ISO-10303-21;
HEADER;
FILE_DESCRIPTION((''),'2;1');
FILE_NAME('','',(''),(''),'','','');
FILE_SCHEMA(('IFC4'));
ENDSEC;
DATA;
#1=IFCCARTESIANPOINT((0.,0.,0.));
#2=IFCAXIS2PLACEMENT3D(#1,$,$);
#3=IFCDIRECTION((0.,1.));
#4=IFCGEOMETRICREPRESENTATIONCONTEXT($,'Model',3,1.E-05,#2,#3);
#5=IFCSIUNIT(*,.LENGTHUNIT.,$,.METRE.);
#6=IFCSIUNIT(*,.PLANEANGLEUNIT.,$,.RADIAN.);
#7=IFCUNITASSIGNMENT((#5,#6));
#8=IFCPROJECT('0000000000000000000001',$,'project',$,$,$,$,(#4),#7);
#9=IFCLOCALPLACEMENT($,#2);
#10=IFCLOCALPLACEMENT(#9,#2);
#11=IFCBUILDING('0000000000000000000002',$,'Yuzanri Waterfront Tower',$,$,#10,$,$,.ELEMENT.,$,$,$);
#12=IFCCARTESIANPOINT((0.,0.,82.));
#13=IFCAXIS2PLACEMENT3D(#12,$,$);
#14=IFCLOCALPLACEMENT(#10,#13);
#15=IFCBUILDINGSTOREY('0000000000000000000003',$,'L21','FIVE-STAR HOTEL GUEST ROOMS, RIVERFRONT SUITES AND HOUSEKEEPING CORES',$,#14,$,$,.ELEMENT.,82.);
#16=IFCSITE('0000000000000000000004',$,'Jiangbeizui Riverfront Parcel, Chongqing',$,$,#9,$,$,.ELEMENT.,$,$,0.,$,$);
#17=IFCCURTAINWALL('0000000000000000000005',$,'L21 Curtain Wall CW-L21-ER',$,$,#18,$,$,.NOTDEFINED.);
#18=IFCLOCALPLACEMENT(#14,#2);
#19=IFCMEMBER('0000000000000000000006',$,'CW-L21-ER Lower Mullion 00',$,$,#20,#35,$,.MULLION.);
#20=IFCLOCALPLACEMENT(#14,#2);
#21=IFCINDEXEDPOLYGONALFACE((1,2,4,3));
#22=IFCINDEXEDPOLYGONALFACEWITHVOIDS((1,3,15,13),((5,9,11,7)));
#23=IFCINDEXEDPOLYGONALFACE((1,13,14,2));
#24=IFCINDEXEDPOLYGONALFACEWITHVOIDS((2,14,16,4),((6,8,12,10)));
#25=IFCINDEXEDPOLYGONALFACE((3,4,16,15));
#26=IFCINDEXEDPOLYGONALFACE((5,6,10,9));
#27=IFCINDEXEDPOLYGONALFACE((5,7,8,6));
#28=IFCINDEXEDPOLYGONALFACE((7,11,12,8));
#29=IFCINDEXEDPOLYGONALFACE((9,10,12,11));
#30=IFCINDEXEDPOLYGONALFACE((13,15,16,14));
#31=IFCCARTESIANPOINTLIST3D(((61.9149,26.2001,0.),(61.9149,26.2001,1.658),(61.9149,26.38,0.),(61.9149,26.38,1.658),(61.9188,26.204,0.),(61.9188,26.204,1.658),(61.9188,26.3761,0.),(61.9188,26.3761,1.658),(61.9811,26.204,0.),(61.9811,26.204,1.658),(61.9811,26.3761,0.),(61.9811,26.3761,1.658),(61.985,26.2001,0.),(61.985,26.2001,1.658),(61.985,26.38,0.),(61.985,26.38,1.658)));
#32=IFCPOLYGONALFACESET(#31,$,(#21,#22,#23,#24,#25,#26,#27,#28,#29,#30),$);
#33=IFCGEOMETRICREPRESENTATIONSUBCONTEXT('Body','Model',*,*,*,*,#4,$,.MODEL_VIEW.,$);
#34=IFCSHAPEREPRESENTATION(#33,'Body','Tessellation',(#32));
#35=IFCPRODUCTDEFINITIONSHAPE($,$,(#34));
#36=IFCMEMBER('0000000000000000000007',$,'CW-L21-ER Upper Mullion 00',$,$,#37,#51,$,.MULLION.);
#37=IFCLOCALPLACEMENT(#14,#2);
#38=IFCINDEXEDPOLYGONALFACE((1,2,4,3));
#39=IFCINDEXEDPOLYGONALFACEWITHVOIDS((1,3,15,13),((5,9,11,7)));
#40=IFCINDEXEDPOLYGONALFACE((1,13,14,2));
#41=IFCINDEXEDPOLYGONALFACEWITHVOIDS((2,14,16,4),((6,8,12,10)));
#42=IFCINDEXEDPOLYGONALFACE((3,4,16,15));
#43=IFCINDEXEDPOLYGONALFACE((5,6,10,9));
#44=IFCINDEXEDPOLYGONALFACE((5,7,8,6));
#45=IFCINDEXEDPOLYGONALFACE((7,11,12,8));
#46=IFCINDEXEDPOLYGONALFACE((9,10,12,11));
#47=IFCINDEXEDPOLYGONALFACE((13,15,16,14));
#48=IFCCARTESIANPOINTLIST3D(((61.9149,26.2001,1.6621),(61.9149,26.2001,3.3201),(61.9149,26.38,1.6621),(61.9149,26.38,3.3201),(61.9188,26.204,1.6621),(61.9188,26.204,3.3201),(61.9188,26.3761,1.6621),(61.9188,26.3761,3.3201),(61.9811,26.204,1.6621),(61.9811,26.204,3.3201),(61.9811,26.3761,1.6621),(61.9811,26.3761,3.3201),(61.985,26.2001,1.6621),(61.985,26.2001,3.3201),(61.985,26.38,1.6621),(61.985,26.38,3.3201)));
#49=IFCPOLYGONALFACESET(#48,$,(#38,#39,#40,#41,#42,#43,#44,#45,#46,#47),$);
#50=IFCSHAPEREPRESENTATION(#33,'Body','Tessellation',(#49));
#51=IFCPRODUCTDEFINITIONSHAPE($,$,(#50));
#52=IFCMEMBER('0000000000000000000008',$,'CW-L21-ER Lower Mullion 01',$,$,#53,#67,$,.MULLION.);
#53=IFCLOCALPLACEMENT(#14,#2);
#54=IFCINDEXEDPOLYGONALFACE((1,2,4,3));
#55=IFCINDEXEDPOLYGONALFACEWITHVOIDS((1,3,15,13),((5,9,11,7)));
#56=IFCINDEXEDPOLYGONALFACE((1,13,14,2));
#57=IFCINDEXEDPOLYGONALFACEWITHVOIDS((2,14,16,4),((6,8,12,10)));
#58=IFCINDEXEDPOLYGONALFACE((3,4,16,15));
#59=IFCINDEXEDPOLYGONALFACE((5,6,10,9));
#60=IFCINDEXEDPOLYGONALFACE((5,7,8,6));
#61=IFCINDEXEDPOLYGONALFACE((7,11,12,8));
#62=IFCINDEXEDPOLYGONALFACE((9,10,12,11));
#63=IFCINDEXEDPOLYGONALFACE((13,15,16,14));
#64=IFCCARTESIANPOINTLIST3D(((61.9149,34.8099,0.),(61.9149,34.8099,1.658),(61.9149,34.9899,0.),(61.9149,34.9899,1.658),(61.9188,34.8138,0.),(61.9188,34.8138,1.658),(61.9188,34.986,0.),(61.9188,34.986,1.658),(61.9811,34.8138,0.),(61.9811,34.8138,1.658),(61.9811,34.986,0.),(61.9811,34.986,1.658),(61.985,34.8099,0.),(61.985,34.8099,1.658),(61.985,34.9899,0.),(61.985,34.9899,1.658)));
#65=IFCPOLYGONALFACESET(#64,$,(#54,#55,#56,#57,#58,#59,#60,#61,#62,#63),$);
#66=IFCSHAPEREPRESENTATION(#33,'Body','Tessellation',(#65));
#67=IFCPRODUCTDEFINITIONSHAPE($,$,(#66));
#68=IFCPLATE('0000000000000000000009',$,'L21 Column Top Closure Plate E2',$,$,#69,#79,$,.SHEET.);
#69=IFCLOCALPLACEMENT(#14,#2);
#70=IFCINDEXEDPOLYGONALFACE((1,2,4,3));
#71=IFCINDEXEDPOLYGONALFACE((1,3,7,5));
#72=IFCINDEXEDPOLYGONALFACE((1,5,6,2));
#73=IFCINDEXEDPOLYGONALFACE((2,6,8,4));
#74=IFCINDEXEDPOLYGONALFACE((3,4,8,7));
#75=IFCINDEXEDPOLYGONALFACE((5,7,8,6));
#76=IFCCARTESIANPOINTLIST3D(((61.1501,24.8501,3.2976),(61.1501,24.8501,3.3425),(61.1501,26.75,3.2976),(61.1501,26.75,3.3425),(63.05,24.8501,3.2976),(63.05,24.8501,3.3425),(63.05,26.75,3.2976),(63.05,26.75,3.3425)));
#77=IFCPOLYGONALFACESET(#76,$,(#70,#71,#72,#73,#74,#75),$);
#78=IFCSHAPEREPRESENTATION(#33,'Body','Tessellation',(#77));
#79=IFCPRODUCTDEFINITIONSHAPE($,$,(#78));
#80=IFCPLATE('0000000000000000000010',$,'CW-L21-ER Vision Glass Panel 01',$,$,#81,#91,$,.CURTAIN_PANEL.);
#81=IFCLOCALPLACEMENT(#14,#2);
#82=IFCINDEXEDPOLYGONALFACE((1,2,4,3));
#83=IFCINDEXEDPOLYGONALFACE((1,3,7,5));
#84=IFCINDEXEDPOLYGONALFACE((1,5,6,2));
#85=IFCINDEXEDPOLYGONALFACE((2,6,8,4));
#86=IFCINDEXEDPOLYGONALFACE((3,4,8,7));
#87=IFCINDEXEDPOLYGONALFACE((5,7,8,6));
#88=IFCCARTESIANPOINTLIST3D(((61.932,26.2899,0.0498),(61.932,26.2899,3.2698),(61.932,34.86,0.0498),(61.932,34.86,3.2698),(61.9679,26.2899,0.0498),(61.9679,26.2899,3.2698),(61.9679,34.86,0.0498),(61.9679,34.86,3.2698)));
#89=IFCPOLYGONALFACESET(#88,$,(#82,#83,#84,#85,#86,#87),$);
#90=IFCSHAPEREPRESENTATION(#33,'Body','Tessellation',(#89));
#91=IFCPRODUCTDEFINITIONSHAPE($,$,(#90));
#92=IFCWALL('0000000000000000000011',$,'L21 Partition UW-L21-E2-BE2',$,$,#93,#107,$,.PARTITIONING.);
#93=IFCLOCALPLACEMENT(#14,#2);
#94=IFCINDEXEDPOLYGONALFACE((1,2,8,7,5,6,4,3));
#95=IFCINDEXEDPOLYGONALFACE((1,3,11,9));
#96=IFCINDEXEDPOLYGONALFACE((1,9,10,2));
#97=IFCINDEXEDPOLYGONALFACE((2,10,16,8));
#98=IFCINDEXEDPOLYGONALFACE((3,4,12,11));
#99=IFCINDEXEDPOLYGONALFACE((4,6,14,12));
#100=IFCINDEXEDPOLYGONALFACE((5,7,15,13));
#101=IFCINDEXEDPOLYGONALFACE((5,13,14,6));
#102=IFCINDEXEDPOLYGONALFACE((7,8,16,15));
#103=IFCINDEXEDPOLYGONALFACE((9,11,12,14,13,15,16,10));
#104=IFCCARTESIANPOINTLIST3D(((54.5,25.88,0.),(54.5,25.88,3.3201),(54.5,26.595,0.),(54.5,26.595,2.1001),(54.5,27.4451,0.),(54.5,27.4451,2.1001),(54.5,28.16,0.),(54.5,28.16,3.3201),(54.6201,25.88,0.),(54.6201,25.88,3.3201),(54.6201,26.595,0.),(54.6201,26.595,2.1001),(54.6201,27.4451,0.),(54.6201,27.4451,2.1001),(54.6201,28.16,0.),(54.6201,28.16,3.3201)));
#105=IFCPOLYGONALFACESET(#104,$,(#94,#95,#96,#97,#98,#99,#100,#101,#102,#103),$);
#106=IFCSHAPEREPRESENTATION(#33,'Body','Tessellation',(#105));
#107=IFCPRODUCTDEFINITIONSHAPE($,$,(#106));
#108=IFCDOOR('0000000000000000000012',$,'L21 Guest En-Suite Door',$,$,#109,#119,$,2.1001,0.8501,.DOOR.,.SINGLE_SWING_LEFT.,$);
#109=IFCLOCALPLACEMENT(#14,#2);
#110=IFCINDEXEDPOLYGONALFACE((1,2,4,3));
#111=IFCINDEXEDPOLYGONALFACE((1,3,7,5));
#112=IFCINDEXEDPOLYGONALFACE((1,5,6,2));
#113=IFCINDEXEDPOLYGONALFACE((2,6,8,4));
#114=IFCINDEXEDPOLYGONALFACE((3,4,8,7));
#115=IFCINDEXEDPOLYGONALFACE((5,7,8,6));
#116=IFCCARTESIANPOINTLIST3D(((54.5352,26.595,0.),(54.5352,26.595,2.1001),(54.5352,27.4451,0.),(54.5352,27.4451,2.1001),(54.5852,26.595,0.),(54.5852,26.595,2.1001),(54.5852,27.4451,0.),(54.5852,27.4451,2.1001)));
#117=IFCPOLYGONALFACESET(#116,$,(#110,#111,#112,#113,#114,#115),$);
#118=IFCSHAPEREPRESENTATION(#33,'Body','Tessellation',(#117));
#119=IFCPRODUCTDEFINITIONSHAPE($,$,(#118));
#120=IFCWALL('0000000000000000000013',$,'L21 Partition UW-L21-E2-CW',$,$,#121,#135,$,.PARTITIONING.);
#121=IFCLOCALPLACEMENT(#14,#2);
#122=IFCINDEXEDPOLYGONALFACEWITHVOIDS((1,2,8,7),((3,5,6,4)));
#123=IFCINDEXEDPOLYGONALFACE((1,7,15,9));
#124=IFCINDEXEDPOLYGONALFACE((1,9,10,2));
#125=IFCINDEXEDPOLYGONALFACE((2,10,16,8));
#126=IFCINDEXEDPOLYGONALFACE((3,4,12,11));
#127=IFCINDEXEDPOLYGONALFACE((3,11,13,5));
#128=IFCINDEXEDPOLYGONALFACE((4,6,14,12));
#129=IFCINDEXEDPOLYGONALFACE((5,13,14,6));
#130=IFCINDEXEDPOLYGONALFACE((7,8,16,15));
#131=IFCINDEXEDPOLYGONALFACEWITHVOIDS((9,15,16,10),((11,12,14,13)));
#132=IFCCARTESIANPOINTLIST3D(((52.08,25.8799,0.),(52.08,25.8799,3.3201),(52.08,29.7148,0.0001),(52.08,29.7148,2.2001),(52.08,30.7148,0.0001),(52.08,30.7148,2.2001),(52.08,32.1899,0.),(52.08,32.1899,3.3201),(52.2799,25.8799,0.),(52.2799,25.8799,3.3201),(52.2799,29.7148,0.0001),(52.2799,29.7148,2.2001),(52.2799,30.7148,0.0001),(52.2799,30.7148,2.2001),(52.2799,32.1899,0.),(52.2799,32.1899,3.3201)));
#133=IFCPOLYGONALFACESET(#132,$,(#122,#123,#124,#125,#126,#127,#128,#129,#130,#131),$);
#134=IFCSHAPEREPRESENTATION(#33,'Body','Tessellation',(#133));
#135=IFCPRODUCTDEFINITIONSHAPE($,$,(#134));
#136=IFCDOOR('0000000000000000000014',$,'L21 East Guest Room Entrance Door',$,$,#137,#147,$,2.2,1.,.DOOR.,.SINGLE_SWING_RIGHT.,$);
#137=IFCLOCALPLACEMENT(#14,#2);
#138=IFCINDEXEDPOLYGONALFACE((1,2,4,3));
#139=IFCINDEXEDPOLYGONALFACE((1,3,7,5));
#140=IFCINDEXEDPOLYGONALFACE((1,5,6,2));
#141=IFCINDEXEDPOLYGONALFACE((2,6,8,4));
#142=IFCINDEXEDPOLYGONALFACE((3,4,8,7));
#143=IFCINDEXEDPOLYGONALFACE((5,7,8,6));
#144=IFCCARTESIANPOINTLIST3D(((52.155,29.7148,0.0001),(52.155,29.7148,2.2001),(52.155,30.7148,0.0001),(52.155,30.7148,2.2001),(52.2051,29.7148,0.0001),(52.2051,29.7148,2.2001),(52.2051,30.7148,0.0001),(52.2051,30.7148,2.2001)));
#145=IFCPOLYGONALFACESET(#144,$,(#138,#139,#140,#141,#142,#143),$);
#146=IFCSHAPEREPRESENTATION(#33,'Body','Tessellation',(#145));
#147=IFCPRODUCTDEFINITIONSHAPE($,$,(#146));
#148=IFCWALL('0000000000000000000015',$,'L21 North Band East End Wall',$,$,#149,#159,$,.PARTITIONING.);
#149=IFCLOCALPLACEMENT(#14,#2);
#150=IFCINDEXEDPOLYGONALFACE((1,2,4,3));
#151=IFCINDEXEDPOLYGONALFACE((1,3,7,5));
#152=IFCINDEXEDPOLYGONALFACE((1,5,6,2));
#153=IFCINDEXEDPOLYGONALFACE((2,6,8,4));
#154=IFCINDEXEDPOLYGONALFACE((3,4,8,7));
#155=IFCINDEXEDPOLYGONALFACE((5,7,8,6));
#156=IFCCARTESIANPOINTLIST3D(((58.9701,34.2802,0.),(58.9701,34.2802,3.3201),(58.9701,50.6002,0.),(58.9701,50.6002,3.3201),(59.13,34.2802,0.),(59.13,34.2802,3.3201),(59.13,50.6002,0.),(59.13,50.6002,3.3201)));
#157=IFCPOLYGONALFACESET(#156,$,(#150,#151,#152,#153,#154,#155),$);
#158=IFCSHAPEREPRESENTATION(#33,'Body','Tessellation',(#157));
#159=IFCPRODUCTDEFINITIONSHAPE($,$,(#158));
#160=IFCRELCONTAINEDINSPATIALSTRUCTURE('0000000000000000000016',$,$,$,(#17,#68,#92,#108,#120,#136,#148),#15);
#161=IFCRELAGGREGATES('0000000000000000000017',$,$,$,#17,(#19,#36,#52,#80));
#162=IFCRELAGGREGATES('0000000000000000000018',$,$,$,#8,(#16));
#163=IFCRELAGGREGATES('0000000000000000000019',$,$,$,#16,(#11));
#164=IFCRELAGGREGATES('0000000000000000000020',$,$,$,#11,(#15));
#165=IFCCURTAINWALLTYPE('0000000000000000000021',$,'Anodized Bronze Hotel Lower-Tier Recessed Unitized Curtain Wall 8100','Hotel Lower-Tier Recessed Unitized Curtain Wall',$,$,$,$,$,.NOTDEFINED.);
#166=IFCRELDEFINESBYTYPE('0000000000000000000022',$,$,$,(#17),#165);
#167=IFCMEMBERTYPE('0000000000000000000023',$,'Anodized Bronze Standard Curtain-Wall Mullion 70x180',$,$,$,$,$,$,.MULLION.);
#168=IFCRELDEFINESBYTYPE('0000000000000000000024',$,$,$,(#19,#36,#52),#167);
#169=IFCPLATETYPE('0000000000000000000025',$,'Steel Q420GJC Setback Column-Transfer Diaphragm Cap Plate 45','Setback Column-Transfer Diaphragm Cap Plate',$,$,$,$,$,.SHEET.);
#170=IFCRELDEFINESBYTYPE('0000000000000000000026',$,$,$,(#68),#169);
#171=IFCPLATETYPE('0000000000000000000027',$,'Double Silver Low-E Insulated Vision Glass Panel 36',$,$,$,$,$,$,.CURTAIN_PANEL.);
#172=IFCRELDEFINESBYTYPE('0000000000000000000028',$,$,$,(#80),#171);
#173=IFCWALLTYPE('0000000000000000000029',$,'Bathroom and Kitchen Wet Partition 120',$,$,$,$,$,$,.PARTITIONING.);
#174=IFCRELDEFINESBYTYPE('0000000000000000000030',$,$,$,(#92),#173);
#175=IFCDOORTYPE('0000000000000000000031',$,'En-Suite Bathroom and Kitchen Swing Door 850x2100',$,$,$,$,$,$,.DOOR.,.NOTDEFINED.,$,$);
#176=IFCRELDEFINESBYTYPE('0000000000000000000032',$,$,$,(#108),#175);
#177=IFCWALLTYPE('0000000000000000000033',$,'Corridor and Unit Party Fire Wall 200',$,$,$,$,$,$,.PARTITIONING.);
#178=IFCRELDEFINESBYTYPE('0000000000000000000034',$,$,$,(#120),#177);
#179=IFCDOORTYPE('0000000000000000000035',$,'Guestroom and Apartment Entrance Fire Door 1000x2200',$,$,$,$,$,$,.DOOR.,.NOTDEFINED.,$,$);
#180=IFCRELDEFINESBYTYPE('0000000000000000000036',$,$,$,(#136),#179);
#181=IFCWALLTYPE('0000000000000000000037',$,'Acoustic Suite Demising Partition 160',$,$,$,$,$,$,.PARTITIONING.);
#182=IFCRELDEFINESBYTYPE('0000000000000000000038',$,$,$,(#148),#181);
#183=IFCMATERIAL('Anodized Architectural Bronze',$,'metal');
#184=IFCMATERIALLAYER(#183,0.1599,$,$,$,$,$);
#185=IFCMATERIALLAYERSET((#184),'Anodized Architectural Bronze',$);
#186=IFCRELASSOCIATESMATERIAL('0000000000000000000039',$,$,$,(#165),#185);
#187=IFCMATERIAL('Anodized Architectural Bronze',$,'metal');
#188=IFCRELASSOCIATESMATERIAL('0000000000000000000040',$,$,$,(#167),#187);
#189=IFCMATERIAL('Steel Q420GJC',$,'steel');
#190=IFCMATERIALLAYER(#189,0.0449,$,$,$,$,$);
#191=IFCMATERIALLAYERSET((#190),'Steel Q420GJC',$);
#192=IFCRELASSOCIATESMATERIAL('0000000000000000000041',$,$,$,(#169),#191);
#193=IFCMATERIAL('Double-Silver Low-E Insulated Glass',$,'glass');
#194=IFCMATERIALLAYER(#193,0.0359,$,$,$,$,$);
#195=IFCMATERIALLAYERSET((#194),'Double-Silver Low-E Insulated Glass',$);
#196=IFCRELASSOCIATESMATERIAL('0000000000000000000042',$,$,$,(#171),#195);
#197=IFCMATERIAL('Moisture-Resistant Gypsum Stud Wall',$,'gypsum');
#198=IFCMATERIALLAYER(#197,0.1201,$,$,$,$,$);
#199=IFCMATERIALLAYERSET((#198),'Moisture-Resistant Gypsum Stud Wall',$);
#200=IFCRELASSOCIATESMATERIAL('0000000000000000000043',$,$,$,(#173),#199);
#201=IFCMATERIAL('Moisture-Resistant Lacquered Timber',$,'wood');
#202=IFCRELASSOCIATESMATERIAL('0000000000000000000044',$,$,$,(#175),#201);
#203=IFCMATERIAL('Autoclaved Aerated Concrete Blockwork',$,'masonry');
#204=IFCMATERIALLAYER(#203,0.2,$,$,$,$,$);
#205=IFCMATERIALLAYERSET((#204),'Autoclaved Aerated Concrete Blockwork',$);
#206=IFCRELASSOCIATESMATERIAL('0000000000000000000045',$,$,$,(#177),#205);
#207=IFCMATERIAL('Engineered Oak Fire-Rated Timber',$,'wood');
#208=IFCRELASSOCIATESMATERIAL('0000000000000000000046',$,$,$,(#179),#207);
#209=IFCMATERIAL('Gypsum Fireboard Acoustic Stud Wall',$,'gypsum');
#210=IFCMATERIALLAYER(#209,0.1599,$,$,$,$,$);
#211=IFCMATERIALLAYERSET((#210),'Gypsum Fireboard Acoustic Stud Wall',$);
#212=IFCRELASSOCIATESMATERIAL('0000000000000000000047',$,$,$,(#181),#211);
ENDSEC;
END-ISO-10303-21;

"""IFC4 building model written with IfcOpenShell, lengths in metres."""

from ifc_helpers import new_model, si_unit, direction, frame, frame_2d, origin, origin_2d, place, context, subcontext, project, spatial, rectangle, hollow_rectangle, extrude, source, transform, mapped, material, layer, layer_set, material_profile, profile_set, type_object, element, fill, aggregate, save


model = new_model("IFC4")

# Units and contexts
model_context = context("Model", 3, precision=1e-05, world=origin(), true_north=direction((0.0, 1.0)))
body_context = subcontext(model_context, "Body", "Model", "MODEL_VIEW")
ifc_project = project(units=[si_unit("LENGTHUNIT", "METRE"), si_unit("PLANEANGLEUNIT", "RADIAN")], contexts=[model_context])

# Site, building, storey
site_placement = place(None, origin())
site = spatial("IfcSite", under=ifc_project, at=site_placement, Name="Jiangbeizui Riverfront Parcel, Chongqing", CompositionType="ELEMENT", RefElevation=0.0)
building_placement = place(site_placement, origin())
building = spatial("IfcBuilding", under=site, at=building_placement, Name="Yuzanri Waterfront Tower", CompositionType="ELEMENT")
storey_placement = place(building_placement, frame((0.0, 0.0, 82.0)))
storey = spatial("IfcBuildingStorey", under=building, at=storey_placement, Name="L21", Description="FIVE-STAR HOTEL GUEST ROOMS, RIVERFRONT SUITES AND HOUSEKEEPING CORES", CompositionType="ELEMENT", Elevation=82.0)

# Curtain wall, members
ifc_material_1 = material(Name="Anodized Architectural Bronze", Category="metal")
ifc_layer_1 = layer(ifc_material_1, 0.1599)
ifc_layer_set_1 = layer_set([ifc_layer_1], Name="Anodized Architectural Bronze")
curtain_wall_type = type_object("IfcCurtainWallType", Name="Anodized Bronze Hotel Lower-Tier Recessed Unitized Curtain Wall 8100", Description="Hotel Lower-Tier Recessed Unitized Curtain Wall", PredefinedType="NOTDEFINED", material=ifc_layer_set_1)
curtain_wall_placement = place(storey_placement, origin())
curtain_wall = element("IfcCurtainWall", 1, at=curtain_wall_placement, inside=storey, type_object=curtain_wall_type, Name="L21 Curtain Wall CW-L21-ER", PredefinedType="NOTDEFINED")
ifc_material_2 = material(Name="Anodized Architectural Bronze", Category="metal")
ifc_material_profile_1 = material_profile(ifc_material_2, hollow_rectangle(XDim=0.0701, YDim=0.1799, WallThickness=0.0039, at=origin_2d()), Name="CWM 70x180")
ifc_profile_set_1 = profile_set([ifc_material_profile_1], Name="Anodized Architectural Bronze")
member_type_1 = type_object("IfcMemberType", Name="Anodized Bronze Standard Curtain-Wall Mullion 70x180", PredefinedType="MULLION", material=ifc_profile_set_1)
shared_shape_1 = source(origin(), body_context, "Body", "SweptSolid", [
    extrude(hollow_rectangle(XDim=0.0701, YDim=0.1799, WallThickness=0.0039, at=origin_2d()), origin(), (0.0, 0.0, 1.0), 1.658),
])
member_1_placement = place(storey_placement, frame((61.95, 26.29, 0.0), z_axis=(0.0, 0.0, 1.0), x_axis=(1.0, 0.0, 0.0)))
member_1 = element("IfcMember", 2, at=member_1_placement, type_object=member_type_1, Name="CW-L21-ER Lower Mullion 00", PredefinedType="MULLION", context=body_context, shape_type="MappedRepresentation", body=[
    mapped(shared_shape_1, transform((0.0, 0.0, 0.0), scale=1.0)),
])
member_2_placement = place(storey_placement, frame((61.95, 26.29, 1.6621), z_axis=(0.0, 0.0, 1.0), x_axis=(1.0, 0.0, 0.0)))
member_2 = element("IfcMember", 3, at=member_2_placement, type_object=member_type_1, Name="CW-L21-ER Upper Mullion 00", PredefinedType="MULLION", context=body_context, shape_type="MappedRepresentation", body=[
    mapped(shared_shape_1, transform((0.0, 0.0, 0.0), scale=1.0)),
])
member_3_placement = place(storey_placement, frame((61.95, 34.8999, 0.0), z_axis=(0.0, 0.0, 1.0), x_axis=(1.0, 0.0, 0.0)))
member_3 = element("IfcMember", 4, at=member_3_placement, type_object=member_type_1, Name="CW-L21-ER Lower Mullion 01", PredefinedType="MULLION", context=body_context, shape_type="MappedRepresentation", body=[
    mapped(shared_shape_1, transform((0.0, 0.0, 0.0), scale=1.0)),
])

# Plates
ifc_material_3 = material(Name="Steel Q420GJC", Category="steel")
ifc_layer_2 = layer(ifc_material_3, 0.0449)
ifc_layer_set_2 = layer_set([ifc_layer_2], Name="Steel Q420GJC")
plate_type_1 = type_object("IfcPlateType", Name="Steel Q420GJC Setback Column-Transfer Diaphragm Cap Plate 45", Description="Setback Column-Transfer Diaphragm Cap Plate", PredefinedType="SHEET", material=ifc_layer_set_2)
shared_shape_2 = source(origin(), body_context, "Body", "SweptSolid", [
    extrude(rectangle(XDim=1.8999, YDim=1.8999, at=origin_2d()), origin(), (0.0, 0.0, 1.0), 0.0449),
])
plate_1_placement = place(storey_placement, frame((62.1001, 25.8, 3.2976), z_axis=(0.0, 0.0, 1.0), x_axis=(1.0, 0.0, 0.0)))
element("IfcPlate", 5, at=plate_1_placement, inside=storey, type_object=plate_type_1, Name="L21 Column Top Closure Plate E2", PredefinedType="SHEET", context=body_context, shape_type="MappedRepresentation", body=[
    mapped(shared_shape_2, transform((0.0, 0.0, 0.0), scale=1.0)),
])
ifc_material_4 = material(Name="Double-Silver Low-E Insulated Glass", Category="glass")
ifc_layer_3 = layer(ifc_material_4, 0.0359)
ifc_layer_set_3 = layer_set([ifc_layer_3], Name="Double-Silver Low-E Insulated Glass")
plate_type_2 = type_object("IfcPlateType", Name="Double Silver Low-E Insulated Vision Glass Panel 36", PredefinedType="CURTAIN_PANEL", material=ifc_layer_set_3)
shared_shape_3 = source(origin(), body_context, "Body", "SweptSolid", [
    extrude(rectangle(XDim=8.5701, YDim=0.0359, at=origin_2d()), origin(), (0.0, 0.0, 1.0), 3.22),
])
plate_2_placement = place(storey_placement, frame((61.95, 30.575, 0.0498), z_axis=(0.0, 0.0, 1.0), x_axis=(0.0, 1.0, 0.0)))
plate_2 = element("IfcPlate", 6, at=plate_2_placement, type_object=plate_type_2, Name="CW-L21-ER Vision Glass Panel 01", PredefinedType="CURTAIN_PANEL", context=body_context, shape_type="MappedRepresentation", body=[
    mapped(shared_shape_3, transform((0.0, 0.0, 0.0), scale=1.0)),
])
aggregate(curtain_wall, [member_1, member_2, member_3, plate_2])

# Walls, openings, doors
ifc_material_5 = material(Name="Moisture-Resistant Gypsum Stud Wall", Category="gypsum")
ifc_layer_4 = layer(ifc_material_5, 0.1201)
ifc_layer_set_4 = layer_set([ifc_layer_4], Name="Moisture-Resistant Gypsum Stud Wall")
wall_type_1 = type_object("IfcWallType", Name="Bathroom and Kitchen Wet Partition 120", PredefinedType="PARTITIONING", material=ifc_layer_set_4)
wall_1_placement = place(storey_placement, frame((54.5601, 25.8799, 0.0), z_axis=(0.0, 0.0, 1.0), x_axis=(0.0, 1.0, 0.0)))
wall_1 = element("IfcWall", 7, at=wall_1_placement, inside=storey, type_object=wall_type_1, Name="L21 Partition UW-L21-E2-BE2", PredefinedType="PARTITIONING", context=body_context, shape_type="SweptSolid", body=[
    extrude(rectangle(XDim=2.28, YDim=0.1201, at=frame_2d((1.1401, 0.0))), origin(), (0.0, 0.0, 1.0), 3.3201),
])
opening_1_placement = place(wall_1_placement, frame((0.7151, 0.0, 0.0)))
opening_1 = element("IfcOpeningElement", 8, at=opening_1_placement, cuts=wall_1, PredefinedType="OPENING", context=body_context, shape_type="SweptSolid", body=[
    extrude(rectangle(XDim=0.8501, YDim=2.1001, at=frame_2d((0.425, 1.05))), frame((0.0, 0.075, 0.0), z_axis=(0.0, -1.0, 0.0), x_axis=(1.0, 0.0, 0.0)), (0.0, 0.0, 1.0), 0.1499),
])
ifc_material_6 = material(Name="Moisture-Resistant Lacquered Timber", Category="wood")
door_type_1 = type_object("IfcDoorType", Name="En-Suite Bathroom and Kitchen Swing Door 850x2100", OperationType="NOTDEFINED", PredefinedType="DOOR", material=ifc_material_6)
shared_shape_4 = source(origin(), body_context, "Body", "SweptSolid", [
    extrude(rectangle(XDim=0.8501, YDim=2.1001, at=frame_2d((0.425, 1.05))), frame((0.0, 0.0249, 0.0), z_axis=(0.0, -1.0, 0.0), x_axis=(1.0, 0.0, 0.0)), (0.0, 0.0, 1.0), 0.05),
])
door_1_placement = place(opening_1_placement, origin())
door_1 = element("IfcDoor", 9, at=door_1_placement, inside=storey, type_object=door_type_1, Name="L21 Guest En-Suite Door", OperationType="SINGLE_SWING_LEFT", OverallHeight=2.1001, OverallWidth=0.8501, PredefinedType="DOOR", context=body_context, shape_type="MappedRepresentation", body=[
    mapped(shared_shape_4, transform((0.0, 0.0, 0.0), scale=1.0)),
])
fill(opening_1, door_1)
ifc_material_7 = material(Name="Autoclaved Aerated Concrete Blockwork", Category="masonry")
ifc_layer_5 = layer(ifc_material_7, 0.2)
ifc_layer_set_5 = layer_set([ifc_layer_5], Name="Autoclaved Aerated Concrete Blockwork")
wall_type_2 = type_object("IfcWallType", Name="Corridor and Unit Party Fire Wall 200", PredefinedType="PARTITIONING", material=ifc_layer_set_5)
wall_2_placement = place(storey_placement, frame((52.1799, 25.8799, 0.0), z_axis=(0.0, 0.0, 1.0), x_axis=(0.0, 1.0, 0.0)))
wall_2 = element("IfcWall", 10, at=wall_2_placement, inside=storey, type_object=wall_type_2, Name="L21 Partition UW-L21-E2-CW", PredefinedType="PARTITIONING", context=body_context, shape_type="SweptSolid", body=[
    extrude(rectangle(XDim=6.3101, YDim=0.2, at=frame_2d((3.155, 0.0))), origin(), (0.0, 0.0, 1.0), 3.3201),
])
opening_2_placement = place(wall_2_placement, frame((3.835, 0.0, 0.0)))
opening_2 = element("IfcOpeningElement", 11, at=opening_2_placement, cuts=wall_2, PredefinedType="OPENING", context=body_context, shape_type="SweptSolid", body=[
    extrude(rectangle(XDim=1.0, YDim=2.2, at=frame_2d((0.5, 1.1001))), frame((0.0, 0.1147, 0.0), z_axis=(0.0, -1.0, 0.0), x_axis=(1.0, 0.0, 0.0)), (0.0, 0.0, 1.0), 0.2297),
])
ifc_material_8 = material(Name="Engineered Oak Fire-Rated Timber", Category="wood")
door_type_2 = type_object("IfcDoorType", Name="Guestroom and Apartment Entrance Fire Door 1000x2200", OperationType="NOTDEFINED", PredefinedType="DOOR", material=ifc_material_8)
shared_shape_5 = source(origin(), body_context, "Body", "SweptSolid", [
    extrude(rectangle(XDim=1.0, YDim=2.2, at=frame_2d((0.5, 1.1001))), frame((0.0, 0.0249, 0.0), z_axis=(0.0, -1.0, 0.0), x_axis=(1.0, 0.0, 0.0)), (0.0, 0.0, 1.0), 0.05),
])
door_2_placement = place(opening_2_placement, origin())
door_2 = element("IfcDoor", 12, at=door_2_placement, inside=storey, type_object=door_type_2, Name="L21 East Guest Room Entrance Door", OperationType="SINGLE_SWING_RIGHT", OverallHeight=2.2, OverallWidth=1.0, PredefinedType="DOOR", context=body_context, shape_type="MappedRepresentation", body=[
    mapped(shared_shape_5, transform((0.0, 0.0, 0.0), scale=1.0)),
])
fill(opening_2, door_2)

# Wall
ifc_material_9 = material(Name="Gypsum Fireboard Acoustic Stud Wall", Category="gypsum")
ifc_layer_6 = layer(ifc_material_9, 0.1599)
ifc_layer_set_6 = layer_set([ifc_layer_6], Name="Gypsum Fireboard Acoustic Stud Wall")
wall_type_3 = type_object("IfcWallType", Name="Acoustic Suite Demising Partition 160", PredefinedType="PARTITIONING", material=ifc_layer_set_6)
shared_shape_6 = source(origin(), body_context, "Body", "SweptSolid", [
    extrude(rectangle(XDim=16.3201, YDim=0.1599, at=frame_2d((8.1602, 0.0))), origin(), (0.0, 0.0, 1.0), 3.3201),
])
wall_3_placement = place(storey_placement, frame((59.05, 34.28, 0.0), z_axis=(0.0, 0.0, 1.0), x_axis=(0.0, 1.0, 0.0)))
element("IfcWall", 13, at=wall_3_placement, inside=storey, type_object=wall_type_3, Name="L21 North Band East End Wall", PredefinedType="PARTITIONING", context=body_context, shape_type="MappedRepresentation", body=[
    mapped(shared_shape_6, transform((0.0, 0.0, 0.0), scale=1.0)),
])

save(model, "model.ifc")
